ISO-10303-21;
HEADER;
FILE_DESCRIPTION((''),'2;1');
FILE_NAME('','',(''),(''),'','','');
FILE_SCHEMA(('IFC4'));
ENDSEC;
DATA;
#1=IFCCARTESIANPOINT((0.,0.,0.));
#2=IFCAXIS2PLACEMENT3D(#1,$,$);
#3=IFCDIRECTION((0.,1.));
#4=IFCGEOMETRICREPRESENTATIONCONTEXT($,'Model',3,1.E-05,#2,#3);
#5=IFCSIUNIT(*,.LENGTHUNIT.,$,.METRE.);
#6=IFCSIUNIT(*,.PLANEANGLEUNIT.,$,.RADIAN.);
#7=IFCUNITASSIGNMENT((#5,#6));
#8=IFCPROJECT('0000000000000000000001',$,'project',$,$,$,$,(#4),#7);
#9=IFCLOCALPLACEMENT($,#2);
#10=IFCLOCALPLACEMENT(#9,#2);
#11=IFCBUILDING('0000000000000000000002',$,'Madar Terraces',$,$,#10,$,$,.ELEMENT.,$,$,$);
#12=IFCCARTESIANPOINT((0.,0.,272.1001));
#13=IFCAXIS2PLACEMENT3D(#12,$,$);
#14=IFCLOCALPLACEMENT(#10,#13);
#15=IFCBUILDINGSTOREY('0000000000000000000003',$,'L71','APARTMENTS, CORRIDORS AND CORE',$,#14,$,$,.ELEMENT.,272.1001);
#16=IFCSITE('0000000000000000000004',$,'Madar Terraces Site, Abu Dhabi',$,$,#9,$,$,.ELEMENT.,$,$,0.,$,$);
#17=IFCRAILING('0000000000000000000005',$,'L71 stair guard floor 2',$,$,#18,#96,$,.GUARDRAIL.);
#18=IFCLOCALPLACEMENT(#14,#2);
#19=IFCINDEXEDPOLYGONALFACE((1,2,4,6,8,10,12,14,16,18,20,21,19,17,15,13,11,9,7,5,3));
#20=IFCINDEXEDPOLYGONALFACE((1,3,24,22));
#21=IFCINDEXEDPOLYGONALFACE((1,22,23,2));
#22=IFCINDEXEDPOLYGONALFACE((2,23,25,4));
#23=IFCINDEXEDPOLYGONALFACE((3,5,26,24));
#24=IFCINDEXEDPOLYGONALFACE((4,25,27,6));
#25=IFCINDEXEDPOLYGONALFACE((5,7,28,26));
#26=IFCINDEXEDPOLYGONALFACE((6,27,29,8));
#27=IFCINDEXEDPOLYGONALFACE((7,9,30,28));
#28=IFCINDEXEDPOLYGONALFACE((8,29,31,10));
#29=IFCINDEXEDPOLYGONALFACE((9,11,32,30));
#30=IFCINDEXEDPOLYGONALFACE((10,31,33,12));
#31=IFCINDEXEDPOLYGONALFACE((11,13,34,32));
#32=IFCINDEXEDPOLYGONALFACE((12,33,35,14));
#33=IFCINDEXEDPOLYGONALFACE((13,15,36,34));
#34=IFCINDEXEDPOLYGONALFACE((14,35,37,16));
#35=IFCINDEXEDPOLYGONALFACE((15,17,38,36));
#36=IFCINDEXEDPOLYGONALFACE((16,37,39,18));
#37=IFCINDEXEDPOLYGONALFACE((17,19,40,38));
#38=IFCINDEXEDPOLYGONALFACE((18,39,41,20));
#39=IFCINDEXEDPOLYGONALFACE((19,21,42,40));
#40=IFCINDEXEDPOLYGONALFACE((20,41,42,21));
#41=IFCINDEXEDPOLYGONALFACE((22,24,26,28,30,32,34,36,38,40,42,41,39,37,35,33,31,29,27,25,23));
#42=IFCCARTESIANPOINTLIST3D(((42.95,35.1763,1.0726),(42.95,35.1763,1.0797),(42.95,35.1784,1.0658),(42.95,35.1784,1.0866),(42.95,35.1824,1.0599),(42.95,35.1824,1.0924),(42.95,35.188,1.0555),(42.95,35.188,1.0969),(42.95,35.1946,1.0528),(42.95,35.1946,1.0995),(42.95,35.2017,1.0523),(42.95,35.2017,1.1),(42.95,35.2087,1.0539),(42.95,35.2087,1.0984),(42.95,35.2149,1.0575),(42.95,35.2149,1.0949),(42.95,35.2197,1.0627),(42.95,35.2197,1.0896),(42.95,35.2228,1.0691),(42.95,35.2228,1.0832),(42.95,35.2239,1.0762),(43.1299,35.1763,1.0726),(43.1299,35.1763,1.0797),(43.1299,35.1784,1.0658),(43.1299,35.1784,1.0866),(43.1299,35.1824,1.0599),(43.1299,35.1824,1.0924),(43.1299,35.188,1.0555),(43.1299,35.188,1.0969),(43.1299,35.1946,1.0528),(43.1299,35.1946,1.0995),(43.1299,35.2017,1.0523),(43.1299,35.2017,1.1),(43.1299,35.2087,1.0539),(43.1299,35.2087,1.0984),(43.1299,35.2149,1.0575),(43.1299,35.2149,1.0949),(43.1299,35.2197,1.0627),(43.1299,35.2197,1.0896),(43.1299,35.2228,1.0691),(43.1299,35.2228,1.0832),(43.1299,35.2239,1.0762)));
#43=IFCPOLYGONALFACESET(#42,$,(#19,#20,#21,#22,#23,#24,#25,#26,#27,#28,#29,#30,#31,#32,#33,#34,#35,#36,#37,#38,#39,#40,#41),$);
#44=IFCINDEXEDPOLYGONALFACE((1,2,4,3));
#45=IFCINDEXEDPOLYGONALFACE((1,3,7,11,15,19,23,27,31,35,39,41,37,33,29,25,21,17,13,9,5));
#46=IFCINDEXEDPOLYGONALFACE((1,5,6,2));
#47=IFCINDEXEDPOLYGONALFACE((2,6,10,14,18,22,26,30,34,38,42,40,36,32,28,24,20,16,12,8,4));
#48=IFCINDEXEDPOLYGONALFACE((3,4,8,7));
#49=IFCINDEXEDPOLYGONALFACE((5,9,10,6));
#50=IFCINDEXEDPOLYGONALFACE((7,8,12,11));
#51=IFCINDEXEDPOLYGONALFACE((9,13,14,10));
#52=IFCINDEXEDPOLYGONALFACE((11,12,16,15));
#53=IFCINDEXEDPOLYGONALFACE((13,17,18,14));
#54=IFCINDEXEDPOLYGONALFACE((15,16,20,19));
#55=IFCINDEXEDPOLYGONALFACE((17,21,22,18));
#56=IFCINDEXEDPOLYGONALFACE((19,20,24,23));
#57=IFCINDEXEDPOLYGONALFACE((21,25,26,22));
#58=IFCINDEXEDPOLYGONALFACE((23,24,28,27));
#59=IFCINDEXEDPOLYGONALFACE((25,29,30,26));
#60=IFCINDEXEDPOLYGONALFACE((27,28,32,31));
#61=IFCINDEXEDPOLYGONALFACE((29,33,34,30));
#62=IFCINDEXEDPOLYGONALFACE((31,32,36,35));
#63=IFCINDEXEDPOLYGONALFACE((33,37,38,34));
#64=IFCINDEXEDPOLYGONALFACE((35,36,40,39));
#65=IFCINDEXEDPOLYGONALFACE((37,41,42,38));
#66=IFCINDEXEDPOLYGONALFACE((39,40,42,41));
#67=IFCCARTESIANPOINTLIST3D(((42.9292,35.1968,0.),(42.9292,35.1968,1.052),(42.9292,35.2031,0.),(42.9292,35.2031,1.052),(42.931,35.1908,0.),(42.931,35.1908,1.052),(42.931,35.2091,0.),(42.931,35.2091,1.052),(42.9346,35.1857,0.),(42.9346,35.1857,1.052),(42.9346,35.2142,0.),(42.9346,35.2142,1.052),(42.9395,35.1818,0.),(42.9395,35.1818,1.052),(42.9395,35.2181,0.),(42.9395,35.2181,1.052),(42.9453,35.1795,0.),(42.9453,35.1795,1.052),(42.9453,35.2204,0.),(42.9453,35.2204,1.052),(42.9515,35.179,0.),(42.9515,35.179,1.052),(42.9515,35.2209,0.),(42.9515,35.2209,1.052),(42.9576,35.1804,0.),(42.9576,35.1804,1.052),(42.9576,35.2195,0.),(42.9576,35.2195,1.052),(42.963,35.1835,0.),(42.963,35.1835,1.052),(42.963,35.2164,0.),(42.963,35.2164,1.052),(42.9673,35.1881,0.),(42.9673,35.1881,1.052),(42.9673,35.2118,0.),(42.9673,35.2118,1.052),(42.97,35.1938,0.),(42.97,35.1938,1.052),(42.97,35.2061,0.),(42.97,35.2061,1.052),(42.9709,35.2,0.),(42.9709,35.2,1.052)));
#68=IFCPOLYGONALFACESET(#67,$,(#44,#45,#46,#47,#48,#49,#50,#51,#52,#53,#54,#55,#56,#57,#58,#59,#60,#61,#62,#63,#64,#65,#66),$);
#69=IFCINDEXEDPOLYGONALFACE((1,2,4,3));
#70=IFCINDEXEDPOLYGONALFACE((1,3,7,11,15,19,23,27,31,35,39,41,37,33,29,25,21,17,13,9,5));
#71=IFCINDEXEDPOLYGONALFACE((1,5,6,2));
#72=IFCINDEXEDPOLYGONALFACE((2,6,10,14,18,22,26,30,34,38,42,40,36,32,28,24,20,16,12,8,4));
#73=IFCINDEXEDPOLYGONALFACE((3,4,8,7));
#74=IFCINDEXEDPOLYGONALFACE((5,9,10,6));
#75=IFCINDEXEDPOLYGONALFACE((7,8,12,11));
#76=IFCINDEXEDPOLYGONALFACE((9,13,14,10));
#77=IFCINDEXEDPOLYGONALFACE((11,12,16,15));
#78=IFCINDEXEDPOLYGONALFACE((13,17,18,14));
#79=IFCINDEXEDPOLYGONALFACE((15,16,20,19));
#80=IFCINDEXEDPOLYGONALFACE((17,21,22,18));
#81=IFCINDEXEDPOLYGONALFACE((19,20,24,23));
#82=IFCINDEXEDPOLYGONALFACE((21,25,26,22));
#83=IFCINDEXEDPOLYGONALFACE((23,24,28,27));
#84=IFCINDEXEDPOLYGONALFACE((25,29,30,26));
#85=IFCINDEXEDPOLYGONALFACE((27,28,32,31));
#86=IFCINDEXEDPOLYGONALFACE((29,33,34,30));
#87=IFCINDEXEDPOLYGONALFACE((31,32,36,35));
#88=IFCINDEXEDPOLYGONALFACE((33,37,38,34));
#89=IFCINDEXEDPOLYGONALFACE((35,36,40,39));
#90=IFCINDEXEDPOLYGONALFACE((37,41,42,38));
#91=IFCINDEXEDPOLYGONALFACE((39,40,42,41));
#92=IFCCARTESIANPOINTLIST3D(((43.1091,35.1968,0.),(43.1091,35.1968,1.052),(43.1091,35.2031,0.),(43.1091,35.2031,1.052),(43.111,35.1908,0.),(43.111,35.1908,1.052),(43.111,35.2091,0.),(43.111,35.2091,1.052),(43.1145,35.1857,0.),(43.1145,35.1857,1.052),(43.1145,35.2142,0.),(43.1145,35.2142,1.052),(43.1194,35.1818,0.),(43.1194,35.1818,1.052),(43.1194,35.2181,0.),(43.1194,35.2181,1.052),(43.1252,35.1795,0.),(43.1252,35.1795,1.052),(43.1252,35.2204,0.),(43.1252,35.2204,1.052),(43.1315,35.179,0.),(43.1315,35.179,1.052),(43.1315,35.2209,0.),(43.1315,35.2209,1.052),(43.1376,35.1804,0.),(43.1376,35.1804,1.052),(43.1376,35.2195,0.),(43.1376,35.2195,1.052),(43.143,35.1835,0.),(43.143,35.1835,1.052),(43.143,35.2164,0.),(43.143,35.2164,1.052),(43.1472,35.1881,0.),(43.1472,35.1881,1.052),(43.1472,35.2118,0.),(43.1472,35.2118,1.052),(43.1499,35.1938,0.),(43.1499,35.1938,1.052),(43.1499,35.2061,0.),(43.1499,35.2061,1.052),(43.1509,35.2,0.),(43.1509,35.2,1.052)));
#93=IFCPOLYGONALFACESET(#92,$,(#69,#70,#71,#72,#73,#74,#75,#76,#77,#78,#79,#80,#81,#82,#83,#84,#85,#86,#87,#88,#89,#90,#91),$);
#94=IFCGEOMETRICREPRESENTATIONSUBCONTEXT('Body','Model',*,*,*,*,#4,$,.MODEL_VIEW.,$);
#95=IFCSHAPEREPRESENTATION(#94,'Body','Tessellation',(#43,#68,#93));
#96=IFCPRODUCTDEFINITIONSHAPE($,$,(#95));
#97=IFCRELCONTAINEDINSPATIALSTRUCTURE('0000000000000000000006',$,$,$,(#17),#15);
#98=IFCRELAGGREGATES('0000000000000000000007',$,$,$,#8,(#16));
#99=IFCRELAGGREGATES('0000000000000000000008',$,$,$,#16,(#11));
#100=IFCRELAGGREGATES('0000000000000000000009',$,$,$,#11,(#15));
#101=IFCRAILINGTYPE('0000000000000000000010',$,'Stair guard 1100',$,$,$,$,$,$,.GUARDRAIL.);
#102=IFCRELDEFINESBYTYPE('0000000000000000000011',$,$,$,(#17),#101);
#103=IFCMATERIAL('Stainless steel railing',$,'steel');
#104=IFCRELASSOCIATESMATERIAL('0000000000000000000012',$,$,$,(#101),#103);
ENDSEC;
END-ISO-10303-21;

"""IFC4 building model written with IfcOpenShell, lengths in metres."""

from ifc_helpers import new_model, si_unit, direction, frame, origin, origin_2d, place, context, subcontext, project, spatial, circle, extrude, material, type_object, element, save


model = new_model("IFC4")

# Units and contexts
model_context = context("Model", 3, precision=1e-05, world=origin(), true_north=direction((0.0, 1.0)))
body_context = subcontext(model_context, "Body", "Model", "MODEL_VIEW")
ifc_project = project(units=[si_unit("LENGTHUNIT", "METRE"), si_unit("PLANEANGLEUNIT", "RADIAN")], contexts=[model_context])

# Site, building, storey
site_placement = place(None, origin())
site = spatial("IfcSite", under=ifc_project, at=site_placement, Name="Madar Terraces Site, Abu Dhabi", CompositionType="ELEMENT", RefElevation=0.0)
building_placement = place(site_placement, origin())
building = spatial("IfcBuilding", under=site, at=building_placement, Name="Madar Terraces", CompositionType="ELEMENT")
storey_placement = place(building_placement, frame((0.0, 0.0, 272.1001)))
storey = spatial("IfcBuildingStorey", under=building, at=storey_placement, Name="L71", Description="APARTMENTS, CORRIDORS AND CORE", CompositionType="ELEMENT", Elevation=272.1001)

# Railing
ifc_material_1 = material(Name="Stainless steel railing", Category="steel")
railing_type_1 = type_object("IfcRailingType", Name="Stair guard 1100", PredefinedType="GUARDRAIL", material=ifc_material_1)
for number, where, name in (
    (1, (42.95, 35.2, 0.0), "L71 stair guard floor 2"),
):
    element("IfcRailing", number, at=place(storey_placement, frame(where)), inside=storey, type_object=railing_type_1, Name=name, PredefinedType="GUARDRAIL", context=body_context, shape_type="SweptSolid", body=[
        extrude(circle(Radius=0.0239, at=origin_2d()), frame((0.0, 0.0, 1.0762), z_axis=(1.0, 0.0, 0.0), x_axis=(0.0, 1.0, 0.0)), (0.0, 0.0, 1.0), 0.1799),
        extrude(circle(Radius=0.021, at=origin_2d()), origin(), (0.0, 0.0, 1.0), 1.052),
        extrude(circle(Radius=0.021, at=origin_2d()), frame((0.1799, 0.0, 0.0)), (0.0, 0.0, 1.0), 1.052),
    ])

save(model, "model.ifc")
